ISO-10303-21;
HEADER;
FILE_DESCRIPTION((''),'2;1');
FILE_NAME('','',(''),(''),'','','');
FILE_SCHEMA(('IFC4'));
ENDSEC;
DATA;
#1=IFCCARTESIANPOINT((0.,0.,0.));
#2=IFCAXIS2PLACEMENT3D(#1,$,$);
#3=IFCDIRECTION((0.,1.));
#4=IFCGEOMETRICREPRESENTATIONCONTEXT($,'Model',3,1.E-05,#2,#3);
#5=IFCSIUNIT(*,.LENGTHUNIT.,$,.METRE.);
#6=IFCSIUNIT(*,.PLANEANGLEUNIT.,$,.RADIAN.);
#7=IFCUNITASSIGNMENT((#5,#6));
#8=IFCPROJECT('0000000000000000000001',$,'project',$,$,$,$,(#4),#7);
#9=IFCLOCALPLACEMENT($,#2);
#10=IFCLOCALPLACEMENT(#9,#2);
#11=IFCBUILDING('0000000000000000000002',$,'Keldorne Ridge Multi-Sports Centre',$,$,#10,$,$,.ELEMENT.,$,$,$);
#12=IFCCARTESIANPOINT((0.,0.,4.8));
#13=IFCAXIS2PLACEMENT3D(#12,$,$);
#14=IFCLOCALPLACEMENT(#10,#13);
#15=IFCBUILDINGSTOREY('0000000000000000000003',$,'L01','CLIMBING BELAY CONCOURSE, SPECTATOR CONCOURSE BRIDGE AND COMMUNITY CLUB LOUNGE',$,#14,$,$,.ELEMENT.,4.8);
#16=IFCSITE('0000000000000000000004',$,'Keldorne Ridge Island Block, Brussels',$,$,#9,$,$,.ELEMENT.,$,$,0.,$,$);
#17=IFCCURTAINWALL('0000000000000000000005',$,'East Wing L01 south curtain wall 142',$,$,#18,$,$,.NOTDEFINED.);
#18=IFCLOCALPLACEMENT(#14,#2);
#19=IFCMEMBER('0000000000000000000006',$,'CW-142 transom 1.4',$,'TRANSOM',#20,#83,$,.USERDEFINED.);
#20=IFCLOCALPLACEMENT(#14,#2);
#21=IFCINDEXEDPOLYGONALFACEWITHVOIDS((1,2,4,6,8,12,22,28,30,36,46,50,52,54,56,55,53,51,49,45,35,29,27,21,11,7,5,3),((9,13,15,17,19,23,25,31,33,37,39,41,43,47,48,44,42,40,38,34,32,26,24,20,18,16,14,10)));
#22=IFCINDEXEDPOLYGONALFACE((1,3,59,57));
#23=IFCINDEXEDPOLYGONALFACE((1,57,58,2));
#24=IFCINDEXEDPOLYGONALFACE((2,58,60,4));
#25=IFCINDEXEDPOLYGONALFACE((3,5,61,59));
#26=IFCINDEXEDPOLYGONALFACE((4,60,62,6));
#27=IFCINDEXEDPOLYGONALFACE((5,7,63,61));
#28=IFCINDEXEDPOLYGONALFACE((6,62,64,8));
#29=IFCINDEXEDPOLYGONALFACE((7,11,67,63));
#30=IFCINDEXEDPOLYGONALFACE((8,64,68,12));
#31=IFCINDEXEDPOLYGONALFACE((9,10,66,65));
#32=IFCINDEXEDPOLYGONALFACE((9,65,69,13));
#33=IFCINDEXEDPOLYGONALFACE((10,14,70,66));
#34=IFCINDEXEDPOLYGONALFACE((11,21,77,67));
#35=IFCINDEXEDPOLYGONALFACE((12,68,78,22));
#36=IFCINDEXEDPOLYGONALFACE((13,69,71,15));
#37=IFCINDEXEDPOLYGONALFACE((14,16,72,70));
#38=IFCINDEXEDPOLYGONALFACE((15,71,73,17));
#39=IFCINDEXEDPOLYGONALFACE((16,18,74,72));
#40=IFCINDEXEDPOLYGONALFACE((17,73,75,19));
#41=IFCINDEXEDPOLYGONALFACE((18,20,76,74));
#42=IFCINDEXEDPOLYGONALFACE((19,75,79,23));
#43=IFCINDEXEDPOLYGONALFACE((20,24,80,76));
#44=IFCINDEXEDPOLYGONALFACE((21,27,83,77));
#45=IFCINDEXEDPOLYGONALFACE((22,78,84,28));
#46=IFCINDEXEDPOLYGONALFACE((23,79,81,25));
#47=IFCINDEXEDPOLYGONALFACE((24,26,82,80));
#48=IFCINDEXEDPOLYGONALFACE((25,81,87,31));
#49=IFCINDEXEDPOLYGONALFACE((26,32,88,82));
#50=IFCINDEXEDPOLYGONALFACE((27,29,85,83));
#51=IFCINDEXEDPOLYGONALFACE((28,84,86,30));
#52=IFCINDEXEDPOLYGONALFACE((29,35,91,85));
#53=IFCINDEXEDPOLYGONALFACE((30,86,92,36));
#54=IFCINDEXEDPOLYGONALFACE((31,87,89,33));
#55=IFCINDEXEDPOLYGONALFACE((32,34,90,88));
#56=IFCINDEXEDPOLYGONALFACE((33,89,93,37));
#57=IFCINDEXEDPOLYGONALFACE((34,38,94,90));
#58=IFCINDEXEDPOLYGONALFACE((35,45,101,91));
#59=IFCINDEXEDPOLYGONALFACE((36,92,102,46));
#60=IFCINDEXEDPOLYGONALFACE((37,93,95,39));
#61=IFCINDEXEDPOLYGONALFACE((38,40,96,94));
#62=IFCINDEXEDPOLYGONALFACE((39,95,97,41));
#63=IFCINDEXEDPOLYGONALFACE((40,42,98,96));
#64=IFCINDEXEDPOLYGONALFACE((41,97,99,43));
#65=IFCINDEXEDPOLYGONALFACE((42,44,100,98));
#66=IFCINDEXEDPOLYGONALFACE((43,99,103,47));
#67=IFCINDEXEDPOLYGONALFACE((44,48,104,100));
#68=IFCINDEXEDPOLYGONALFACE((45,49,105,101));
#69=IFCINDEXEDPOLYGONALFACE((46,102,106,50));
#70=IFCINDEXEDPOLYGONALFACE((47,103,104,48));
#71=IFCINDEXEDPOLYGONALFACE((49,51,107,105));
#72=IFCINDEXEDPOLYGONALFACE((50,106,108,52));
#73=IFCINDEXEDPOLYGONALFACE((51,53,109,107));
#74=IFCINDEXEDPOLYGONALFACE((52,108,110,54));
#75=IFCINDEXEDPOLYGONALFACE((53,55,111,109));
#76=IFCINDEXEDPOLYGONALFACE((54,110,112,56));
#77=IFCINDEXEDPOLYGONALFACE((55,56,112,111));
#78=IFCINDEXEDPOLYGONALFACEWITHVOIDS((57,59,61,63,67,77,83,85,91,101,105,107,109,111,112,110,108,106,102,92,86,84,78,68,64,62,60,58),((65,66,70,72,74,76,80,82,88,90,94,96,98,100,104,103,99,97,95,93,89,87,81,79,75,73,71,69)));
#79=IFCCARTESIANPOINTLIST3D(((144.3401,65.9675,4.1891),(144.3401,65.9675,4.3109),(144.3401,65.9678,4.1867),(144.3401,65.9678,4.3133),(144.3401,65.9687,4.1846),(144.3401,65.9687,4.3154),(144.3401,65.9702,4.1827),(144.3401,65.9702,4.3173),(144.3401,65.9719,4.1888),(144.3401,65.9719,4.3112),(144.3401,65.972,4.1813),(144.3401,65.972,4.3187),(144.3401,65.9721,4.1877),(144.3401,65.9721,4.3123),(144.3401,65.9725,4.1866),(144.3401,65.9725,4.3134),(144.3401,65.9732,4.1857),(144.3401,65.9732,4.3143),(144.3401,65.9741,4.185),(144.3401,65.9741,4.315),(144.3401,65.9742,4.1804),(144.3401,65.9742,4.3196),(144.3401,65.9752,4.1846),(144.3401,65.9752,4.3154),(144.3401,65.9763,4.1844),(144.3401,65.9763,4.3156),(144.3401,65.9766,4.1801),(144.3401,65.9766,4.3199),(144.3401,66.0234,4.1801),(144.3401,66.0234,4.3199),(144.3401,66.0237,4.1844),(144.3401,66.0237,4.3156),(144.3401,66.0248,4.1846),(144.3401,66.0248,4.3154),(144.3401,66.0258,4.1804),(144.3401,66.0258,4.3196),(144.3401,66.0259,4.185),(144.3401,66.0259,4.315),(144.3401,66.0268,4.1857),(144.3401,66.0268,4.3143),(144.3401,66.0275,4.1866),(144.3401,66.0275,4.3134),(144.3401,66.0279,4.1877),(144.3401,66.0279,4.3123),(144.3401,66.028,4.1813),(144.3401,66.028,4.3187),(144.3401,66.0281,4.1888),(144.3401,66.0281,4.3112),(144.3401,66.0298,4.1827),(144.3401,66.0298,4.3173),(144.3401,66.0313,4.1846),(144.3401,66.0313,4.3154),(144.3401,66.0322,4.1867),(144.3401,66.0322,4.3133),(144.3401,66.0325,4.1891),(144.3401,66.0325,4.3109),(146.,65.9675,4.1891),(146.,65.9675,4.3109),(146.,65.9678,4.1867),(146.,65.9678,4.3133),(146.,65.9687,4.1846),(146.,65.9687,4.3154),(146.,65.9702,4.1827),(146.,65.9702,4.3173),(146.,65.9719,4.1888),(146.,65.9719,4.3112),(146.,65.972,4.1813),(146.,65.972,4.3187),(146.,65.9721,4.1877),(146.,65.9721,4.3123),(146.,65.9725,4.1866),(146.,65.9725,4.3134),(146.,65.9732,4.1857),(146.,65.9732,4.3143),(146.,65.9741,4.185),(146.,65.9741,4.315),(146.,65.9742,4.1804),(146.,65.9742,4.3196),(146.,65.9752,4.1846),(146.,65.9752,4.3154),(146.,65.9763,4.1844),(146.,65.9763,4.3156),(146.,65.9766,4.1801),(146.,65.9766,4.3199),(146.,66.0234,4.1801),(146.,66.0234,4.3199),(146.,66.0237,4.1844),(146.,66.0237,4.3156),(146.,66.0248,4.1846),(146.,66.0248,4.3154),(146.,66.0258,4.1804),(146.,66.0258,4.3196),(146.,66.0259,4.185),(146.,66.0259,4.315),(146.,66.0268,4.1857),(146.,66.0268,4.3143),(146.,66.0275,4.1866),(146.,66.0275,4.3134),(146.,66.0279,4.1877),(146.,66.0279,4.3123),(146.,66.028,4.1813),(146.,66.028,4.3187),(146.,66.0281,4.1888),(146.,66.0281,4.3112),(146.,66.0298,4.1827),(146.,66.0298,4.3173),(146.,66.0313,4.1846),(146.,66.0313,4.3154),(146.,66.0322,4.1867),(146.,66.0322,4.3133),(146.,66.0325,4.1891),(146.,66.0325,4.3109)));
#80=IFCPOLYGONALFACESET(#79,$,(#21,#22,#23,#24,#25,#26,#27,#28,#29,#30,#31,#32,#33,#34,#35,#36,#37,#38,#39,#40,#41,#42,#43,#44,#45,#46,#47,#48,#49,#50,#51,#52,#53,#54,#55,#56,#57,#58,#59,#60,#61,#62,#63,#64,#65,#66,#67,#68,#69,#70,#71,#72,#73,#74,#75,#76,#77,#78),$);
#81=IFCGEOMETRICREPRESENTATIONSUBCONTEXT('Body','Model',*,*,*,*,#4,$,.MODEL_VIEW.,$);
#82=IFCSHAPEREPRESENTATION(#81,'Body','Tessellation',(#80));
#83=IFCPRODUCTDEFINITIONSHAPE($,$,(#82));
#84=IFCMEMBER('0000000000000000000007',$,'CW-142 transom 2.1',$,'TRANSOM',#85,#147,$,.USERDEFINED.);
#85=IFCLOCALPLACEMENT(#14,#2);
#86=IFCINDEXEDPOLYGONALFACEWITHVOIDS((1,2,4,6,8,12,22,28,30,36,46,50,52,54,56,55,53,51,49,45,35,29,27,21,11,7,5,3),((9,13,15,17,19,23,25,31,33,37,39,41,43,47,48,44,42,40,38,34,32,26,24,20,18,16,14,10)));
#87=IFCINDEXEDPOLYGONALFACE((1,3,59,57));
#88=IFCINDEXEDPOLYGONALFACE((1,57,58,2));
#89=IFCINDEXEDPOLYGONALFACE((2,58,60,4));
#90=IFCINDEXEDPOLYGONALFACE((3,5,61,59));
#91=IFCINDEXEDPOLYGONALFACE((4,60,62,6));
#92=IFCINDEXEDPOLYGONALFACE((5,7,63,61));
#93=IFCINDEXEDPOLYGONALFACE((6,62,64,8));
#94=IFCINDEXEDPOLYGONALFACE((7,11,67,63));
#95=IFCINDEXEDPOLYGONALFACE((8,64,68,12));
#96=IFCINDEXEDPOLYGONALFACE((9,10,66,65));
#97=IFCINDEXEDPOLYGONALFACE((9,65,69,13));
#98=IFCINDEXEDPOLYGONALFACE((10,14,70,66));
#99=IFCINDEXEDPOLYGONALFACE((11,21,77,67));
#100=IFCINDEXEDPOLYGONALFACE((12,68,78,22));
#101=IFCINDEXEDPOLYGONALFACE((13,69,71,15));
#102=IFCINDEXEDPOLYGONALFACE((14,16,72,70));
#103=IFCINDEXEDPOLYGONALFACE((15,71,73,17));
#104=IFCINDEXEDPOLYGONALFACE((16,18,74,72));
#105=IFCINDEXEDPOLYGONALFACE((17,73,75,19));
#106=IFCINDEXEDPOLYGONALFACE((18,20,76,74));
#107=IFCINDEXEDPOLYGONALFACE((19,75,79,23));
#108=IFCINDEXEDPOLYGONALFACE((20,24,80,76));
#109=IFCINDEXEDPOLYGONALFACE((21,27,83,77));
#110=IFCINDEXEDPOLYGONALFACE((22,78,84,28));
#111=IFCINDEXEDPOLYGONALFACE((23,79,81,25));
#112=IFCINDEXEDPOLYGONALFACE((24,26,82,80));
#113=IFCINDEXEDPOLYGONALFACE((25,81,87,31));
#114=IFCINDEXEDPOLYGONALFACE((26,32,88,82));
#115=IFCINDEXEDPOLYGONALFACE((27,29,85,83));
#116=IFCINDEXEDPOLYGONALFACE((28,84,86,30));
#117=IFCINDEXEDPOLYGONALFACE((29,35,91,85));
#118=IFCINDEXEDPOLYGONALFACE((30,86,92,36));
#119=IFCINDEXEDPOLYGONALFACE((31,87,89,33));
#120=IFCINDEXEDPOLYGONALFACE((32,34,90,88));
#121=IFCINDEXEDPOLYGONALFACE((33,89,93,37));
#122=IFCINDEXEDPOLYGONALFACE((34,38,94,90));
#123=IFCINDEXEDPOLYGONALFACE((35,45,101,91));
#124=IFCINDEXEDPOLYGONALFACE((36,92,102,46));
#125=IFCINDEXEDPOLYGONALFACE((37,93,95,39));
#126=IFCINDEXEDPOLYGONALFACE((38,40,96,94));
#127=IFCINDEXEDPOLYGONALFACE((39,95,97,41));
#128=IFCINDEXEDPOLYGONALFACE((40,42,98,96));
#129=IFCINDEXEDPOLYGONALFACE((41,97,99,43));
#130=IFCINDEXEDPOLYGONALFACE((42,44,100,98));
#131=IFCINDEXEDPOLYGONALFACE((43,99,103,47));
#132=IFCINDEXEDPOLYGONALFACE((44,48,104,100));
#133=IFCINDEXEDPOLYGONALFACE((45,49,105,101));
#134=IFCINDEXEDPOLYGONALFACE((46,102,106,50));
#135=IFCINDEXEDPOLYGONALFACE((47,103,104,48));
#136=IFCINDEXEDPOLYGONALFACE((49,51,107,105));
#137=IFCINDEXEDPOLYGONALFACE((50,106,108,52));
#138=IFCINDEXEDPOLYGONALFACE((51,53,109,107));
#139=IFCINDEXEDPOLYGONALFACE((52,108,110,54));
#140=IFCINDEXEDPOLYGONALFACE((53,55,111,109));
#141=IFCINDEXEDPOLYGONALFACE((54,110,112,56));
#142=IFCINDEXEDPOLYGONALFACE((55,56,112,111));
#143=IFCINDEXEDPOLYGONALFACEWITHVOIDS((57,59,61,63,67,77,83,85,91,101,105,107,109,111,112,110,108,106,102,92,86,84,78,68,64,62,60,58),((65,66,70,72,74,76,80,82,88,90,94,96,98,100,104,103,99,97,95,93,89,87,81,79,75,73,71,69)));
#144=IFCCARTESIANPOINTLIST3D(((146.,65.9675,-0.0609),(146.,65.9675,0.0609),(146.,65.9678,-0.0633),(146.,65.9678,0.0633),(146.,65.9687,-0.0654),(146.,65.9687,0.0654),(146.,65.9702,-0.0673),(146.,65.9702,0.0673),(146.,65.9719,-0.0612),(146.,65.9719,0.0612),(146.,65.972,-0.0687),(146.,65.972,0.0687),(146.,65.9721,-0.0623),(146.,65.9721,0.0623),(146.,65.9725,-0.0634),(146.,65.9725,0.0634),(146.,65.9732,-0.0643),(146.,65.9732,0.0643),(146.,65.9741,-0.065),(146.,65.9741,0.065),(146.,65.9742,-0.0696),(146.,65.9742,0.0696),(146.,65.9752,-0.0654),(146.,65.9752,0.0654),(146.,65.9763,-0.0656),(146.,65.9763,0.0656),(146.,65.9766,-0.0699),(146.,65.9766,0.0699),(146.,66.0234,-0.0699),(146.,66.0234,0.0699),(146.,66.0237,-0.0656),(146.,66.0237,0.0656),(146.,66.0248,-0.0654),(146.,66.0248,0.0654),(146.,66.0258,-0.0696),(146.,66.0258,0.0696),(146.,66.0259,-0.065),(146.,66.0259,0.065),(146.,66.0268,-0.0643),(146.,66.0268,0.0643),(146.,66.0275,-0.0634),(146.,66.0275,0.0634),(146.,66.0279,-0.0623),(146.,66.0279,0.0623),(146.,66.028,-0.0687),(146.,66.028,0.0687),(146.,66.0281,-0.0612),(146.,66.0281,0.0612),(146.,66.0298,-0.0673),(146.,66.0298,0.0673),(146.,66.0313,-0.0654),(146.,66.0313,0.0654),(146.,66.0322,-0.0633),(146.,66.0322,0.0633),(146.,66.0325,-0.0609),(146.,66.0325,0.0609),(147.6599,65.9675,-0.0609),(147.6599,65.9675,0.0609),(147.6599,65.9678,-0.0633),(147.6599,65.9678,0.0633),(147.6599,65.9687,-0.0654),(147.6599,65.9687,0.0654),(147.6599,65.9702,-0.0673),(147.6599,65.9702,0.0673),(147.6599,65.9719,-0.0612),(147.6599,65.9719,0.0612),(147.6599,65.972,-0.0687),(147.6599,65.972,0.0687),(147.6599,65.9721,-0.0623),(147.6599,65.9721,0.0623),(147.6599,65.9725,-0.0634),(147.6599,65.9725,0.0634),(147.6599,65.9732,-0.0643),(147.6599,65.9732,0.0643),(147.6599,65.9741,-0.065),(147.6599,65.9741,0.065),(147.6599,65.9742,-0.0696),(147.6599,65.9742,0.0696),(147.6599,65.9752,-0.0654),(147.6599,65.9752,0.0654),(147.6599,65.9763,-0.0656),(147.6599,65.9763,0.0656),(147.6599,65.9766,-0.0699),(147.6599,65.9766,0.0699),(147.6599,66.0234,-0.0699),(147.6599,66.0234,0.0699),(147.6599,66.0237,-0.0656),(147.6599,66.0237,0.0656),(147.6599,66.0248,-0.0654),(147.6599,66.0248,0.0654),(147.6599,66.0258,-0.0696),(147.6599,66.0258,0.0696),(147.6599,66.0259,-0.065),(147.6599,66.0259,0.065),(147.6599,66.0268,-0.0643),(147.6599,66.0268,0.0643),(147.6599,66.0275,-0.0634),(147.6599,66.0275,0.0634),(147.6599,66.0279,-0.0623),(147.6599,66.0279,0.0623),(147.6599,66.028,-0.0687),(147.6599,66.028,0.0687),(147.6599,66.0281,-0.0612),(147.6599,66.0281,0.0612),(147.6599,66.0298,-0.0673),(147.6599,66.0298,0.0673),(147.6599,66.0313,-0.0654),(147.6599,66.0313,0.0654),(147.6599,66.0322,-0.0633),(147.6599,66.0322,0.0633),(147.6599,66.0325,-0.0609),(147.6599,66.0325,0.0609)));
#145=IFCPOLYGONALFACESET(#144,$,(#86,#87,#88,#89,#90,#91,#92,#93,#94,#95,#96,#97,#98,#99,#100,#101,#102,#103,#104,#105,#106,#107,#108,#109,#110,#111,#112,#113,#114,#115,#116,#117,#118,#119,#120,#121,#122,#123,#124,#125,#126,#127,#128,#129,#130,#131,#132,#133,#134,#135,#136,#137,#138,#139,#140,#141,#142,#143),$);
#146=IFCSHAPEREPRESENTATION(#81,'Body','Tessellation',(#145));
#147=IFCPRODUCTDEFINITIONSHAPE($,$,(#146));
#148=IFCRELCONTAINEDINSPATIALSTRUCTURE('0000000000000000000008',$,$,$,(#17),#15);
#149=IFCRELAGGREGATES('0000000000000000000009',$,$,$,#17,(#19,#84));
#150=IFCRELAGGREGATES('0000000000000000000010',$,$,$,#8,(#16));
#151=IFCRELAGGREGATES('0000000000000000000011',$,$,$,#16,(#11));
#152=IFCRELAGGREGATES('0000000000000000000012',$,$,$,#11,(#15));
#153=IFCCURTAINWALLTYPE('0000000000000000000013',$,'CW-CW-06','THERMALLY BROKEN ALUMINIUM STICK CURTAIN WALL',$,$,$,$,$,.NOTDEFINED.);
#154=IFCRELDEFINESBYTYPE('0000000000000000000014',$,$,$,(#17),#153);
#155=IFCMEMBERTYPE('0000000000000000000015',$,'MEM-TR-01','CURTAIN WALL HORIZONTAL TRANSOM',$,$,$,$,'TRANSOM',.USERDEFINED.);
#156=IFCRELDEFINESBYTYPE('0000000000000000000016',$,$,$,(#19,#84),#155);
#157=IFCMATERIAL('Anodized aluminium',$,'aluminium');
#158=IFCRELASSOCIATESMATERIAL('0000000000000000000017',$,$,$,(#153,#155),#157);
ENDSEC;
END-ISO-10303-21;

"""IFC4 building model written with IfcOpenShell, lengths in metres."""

from ifc_helpers import new_model, si_unit, direction, frame, origin, origin_2d, place, context, subcontext, project, spatial, hollow_rectangle, extrude, material, material_profile, profile_set, type_object, element, aggregate, save


model = new_model("IFC4")

# Units and contexts
model_context = context("Model", 3, precision=1e-05, world=origin(), true_north=direction((0.0, 1.0)))
body_context = subcontext(model_context, "Body", "Model", "MODEL_VIEW")
ifc_project = project(units=[si_unit("LENGTHUNIT", "METRE"), si_unit("PLANEANGLEUNIT", "RADIAN")], contexts=[model_context])

# Site, building, storey
site_placement = place(None, origin())
site = spatial("IfcSite", under=ifc_project, at=site_placement, Name="Keldorne Ridge Island Block, Brussels", CompositionType="ELEMENT", RefElevation=0.0)
building_placement = place(site_placement, origin())
building = spatial("IfcBuilding", under=site, at=building_placement, Name="Keldorne Ridge Multi-Sports Centre", CompositionType="ELEMENT")
storey_placement = place(building_placement, frame((0.0, 0.0, 4.8)))
storey = spatial("IfcBuildingStorey", under=building, at=storey_placement, Name="L01", Description="CLIMBING BELAY CONCOURSE, SPECTATOR CONCOURSE BRIDGE AND COMMUNITY CLUB LOUNGE", CompositionType="ELEMENT", Elevation=4.8)

# Shared definitions
ifc_material_1 = material(Name="Anodized aluminium", Category="aluminium")

# Curtain wall, members
curtain_wall_type_1 = type_object("IfcCurtainWallType", Name="CW-CW-06", Description="THERMALLY BROKEN ALUMINIUM STICK CURTAIN WALL", PredefinedType="NOTDEFINED", material=ifc_material_1)
curtain_wall_1_placement = place(storey_placement, origin())
curtain_wall_1 = element("IfcCurtainWall", 1, at=curtain_wall_1_placement, inside=storey, type_object=curtain_wall_type_1, Name="East Wing L01 south curtain wall 142", PredefinedType="NOTDEFINED")
ifc_material_profile_1 = material_profile(ifc_material_1, hollow_rectangle(XDim=0.0649, YDim=0.1399, WallThickness=0.0044, InnerFilletRadius=0.0044, OuterFilletRadius=0.009, at=origin_2d()), Name="ALU TRANSOM 140x65x4.5")
ifc_profile_set_1 = profile_set([ifc_material_profile_1], Name="Anodized aluminium")
member_type_1 = type_object("IfcMemberType", Name="MEM-TR-01", Description="CURTAIN WALL HORIZONTAL TRANSOM", ElementType="TRANSOM", PredefinedType="USERDEFINED", material=ifc_profile_set_1)
member_1_placement = place(storey_placement, frame((144.3401, 66.0, 4.25), z_axis=(1.0, 0.0, 0.0), x_axis=(0.0, 1.0, 0.0)))
member_1 = element("IfcMember", 2, at=member_1_placement, type_object=member_type_1, Name="CW-142 transom 1.4", ObjectType="TRANSOM", PredefinedType="USERDEFINED", context=body_context, shape_type="SweptSolid", body=[
    extrude(hollow_rectangle(XDim=0.0649, YDim=0.1399, WallThickness=0.0044, InnerFilletRadius=0.0044, OuterFilletRadius=0.009, at=origin_2d()), origin(), (0.0, 0.0, 1.0), 1.6599),
])
member_2_placement = place(storey_placement, frame((146.0, 66.0, 0.0), z_axis=(1.0, 0.0, 0.0), x_axis=(0.0, 1.0, 0.0)))
member_2 = element("IfcMember", 3, at=member_2_placement, type_object=member_type_1, Name="CW-142 transom 2.1", ObjectType="TRANSOM", PredefinedType="USERDEFINED", context=body_context, shape_type="SweptSolid", body=[
    extrude(hollow_rectangle(XDim=0.0649, YDim=0.1399, WallThickness=0.0044, InnerFilletRadius=0.0044, OuterFilletRadius=0.009, at=origin_2d()), origin(), (0.0, 0.0, 1.0), 1.6599),
])
aggregate(curtain_wall_1, [member_1, member_2])

save(model, "model.ifc")
